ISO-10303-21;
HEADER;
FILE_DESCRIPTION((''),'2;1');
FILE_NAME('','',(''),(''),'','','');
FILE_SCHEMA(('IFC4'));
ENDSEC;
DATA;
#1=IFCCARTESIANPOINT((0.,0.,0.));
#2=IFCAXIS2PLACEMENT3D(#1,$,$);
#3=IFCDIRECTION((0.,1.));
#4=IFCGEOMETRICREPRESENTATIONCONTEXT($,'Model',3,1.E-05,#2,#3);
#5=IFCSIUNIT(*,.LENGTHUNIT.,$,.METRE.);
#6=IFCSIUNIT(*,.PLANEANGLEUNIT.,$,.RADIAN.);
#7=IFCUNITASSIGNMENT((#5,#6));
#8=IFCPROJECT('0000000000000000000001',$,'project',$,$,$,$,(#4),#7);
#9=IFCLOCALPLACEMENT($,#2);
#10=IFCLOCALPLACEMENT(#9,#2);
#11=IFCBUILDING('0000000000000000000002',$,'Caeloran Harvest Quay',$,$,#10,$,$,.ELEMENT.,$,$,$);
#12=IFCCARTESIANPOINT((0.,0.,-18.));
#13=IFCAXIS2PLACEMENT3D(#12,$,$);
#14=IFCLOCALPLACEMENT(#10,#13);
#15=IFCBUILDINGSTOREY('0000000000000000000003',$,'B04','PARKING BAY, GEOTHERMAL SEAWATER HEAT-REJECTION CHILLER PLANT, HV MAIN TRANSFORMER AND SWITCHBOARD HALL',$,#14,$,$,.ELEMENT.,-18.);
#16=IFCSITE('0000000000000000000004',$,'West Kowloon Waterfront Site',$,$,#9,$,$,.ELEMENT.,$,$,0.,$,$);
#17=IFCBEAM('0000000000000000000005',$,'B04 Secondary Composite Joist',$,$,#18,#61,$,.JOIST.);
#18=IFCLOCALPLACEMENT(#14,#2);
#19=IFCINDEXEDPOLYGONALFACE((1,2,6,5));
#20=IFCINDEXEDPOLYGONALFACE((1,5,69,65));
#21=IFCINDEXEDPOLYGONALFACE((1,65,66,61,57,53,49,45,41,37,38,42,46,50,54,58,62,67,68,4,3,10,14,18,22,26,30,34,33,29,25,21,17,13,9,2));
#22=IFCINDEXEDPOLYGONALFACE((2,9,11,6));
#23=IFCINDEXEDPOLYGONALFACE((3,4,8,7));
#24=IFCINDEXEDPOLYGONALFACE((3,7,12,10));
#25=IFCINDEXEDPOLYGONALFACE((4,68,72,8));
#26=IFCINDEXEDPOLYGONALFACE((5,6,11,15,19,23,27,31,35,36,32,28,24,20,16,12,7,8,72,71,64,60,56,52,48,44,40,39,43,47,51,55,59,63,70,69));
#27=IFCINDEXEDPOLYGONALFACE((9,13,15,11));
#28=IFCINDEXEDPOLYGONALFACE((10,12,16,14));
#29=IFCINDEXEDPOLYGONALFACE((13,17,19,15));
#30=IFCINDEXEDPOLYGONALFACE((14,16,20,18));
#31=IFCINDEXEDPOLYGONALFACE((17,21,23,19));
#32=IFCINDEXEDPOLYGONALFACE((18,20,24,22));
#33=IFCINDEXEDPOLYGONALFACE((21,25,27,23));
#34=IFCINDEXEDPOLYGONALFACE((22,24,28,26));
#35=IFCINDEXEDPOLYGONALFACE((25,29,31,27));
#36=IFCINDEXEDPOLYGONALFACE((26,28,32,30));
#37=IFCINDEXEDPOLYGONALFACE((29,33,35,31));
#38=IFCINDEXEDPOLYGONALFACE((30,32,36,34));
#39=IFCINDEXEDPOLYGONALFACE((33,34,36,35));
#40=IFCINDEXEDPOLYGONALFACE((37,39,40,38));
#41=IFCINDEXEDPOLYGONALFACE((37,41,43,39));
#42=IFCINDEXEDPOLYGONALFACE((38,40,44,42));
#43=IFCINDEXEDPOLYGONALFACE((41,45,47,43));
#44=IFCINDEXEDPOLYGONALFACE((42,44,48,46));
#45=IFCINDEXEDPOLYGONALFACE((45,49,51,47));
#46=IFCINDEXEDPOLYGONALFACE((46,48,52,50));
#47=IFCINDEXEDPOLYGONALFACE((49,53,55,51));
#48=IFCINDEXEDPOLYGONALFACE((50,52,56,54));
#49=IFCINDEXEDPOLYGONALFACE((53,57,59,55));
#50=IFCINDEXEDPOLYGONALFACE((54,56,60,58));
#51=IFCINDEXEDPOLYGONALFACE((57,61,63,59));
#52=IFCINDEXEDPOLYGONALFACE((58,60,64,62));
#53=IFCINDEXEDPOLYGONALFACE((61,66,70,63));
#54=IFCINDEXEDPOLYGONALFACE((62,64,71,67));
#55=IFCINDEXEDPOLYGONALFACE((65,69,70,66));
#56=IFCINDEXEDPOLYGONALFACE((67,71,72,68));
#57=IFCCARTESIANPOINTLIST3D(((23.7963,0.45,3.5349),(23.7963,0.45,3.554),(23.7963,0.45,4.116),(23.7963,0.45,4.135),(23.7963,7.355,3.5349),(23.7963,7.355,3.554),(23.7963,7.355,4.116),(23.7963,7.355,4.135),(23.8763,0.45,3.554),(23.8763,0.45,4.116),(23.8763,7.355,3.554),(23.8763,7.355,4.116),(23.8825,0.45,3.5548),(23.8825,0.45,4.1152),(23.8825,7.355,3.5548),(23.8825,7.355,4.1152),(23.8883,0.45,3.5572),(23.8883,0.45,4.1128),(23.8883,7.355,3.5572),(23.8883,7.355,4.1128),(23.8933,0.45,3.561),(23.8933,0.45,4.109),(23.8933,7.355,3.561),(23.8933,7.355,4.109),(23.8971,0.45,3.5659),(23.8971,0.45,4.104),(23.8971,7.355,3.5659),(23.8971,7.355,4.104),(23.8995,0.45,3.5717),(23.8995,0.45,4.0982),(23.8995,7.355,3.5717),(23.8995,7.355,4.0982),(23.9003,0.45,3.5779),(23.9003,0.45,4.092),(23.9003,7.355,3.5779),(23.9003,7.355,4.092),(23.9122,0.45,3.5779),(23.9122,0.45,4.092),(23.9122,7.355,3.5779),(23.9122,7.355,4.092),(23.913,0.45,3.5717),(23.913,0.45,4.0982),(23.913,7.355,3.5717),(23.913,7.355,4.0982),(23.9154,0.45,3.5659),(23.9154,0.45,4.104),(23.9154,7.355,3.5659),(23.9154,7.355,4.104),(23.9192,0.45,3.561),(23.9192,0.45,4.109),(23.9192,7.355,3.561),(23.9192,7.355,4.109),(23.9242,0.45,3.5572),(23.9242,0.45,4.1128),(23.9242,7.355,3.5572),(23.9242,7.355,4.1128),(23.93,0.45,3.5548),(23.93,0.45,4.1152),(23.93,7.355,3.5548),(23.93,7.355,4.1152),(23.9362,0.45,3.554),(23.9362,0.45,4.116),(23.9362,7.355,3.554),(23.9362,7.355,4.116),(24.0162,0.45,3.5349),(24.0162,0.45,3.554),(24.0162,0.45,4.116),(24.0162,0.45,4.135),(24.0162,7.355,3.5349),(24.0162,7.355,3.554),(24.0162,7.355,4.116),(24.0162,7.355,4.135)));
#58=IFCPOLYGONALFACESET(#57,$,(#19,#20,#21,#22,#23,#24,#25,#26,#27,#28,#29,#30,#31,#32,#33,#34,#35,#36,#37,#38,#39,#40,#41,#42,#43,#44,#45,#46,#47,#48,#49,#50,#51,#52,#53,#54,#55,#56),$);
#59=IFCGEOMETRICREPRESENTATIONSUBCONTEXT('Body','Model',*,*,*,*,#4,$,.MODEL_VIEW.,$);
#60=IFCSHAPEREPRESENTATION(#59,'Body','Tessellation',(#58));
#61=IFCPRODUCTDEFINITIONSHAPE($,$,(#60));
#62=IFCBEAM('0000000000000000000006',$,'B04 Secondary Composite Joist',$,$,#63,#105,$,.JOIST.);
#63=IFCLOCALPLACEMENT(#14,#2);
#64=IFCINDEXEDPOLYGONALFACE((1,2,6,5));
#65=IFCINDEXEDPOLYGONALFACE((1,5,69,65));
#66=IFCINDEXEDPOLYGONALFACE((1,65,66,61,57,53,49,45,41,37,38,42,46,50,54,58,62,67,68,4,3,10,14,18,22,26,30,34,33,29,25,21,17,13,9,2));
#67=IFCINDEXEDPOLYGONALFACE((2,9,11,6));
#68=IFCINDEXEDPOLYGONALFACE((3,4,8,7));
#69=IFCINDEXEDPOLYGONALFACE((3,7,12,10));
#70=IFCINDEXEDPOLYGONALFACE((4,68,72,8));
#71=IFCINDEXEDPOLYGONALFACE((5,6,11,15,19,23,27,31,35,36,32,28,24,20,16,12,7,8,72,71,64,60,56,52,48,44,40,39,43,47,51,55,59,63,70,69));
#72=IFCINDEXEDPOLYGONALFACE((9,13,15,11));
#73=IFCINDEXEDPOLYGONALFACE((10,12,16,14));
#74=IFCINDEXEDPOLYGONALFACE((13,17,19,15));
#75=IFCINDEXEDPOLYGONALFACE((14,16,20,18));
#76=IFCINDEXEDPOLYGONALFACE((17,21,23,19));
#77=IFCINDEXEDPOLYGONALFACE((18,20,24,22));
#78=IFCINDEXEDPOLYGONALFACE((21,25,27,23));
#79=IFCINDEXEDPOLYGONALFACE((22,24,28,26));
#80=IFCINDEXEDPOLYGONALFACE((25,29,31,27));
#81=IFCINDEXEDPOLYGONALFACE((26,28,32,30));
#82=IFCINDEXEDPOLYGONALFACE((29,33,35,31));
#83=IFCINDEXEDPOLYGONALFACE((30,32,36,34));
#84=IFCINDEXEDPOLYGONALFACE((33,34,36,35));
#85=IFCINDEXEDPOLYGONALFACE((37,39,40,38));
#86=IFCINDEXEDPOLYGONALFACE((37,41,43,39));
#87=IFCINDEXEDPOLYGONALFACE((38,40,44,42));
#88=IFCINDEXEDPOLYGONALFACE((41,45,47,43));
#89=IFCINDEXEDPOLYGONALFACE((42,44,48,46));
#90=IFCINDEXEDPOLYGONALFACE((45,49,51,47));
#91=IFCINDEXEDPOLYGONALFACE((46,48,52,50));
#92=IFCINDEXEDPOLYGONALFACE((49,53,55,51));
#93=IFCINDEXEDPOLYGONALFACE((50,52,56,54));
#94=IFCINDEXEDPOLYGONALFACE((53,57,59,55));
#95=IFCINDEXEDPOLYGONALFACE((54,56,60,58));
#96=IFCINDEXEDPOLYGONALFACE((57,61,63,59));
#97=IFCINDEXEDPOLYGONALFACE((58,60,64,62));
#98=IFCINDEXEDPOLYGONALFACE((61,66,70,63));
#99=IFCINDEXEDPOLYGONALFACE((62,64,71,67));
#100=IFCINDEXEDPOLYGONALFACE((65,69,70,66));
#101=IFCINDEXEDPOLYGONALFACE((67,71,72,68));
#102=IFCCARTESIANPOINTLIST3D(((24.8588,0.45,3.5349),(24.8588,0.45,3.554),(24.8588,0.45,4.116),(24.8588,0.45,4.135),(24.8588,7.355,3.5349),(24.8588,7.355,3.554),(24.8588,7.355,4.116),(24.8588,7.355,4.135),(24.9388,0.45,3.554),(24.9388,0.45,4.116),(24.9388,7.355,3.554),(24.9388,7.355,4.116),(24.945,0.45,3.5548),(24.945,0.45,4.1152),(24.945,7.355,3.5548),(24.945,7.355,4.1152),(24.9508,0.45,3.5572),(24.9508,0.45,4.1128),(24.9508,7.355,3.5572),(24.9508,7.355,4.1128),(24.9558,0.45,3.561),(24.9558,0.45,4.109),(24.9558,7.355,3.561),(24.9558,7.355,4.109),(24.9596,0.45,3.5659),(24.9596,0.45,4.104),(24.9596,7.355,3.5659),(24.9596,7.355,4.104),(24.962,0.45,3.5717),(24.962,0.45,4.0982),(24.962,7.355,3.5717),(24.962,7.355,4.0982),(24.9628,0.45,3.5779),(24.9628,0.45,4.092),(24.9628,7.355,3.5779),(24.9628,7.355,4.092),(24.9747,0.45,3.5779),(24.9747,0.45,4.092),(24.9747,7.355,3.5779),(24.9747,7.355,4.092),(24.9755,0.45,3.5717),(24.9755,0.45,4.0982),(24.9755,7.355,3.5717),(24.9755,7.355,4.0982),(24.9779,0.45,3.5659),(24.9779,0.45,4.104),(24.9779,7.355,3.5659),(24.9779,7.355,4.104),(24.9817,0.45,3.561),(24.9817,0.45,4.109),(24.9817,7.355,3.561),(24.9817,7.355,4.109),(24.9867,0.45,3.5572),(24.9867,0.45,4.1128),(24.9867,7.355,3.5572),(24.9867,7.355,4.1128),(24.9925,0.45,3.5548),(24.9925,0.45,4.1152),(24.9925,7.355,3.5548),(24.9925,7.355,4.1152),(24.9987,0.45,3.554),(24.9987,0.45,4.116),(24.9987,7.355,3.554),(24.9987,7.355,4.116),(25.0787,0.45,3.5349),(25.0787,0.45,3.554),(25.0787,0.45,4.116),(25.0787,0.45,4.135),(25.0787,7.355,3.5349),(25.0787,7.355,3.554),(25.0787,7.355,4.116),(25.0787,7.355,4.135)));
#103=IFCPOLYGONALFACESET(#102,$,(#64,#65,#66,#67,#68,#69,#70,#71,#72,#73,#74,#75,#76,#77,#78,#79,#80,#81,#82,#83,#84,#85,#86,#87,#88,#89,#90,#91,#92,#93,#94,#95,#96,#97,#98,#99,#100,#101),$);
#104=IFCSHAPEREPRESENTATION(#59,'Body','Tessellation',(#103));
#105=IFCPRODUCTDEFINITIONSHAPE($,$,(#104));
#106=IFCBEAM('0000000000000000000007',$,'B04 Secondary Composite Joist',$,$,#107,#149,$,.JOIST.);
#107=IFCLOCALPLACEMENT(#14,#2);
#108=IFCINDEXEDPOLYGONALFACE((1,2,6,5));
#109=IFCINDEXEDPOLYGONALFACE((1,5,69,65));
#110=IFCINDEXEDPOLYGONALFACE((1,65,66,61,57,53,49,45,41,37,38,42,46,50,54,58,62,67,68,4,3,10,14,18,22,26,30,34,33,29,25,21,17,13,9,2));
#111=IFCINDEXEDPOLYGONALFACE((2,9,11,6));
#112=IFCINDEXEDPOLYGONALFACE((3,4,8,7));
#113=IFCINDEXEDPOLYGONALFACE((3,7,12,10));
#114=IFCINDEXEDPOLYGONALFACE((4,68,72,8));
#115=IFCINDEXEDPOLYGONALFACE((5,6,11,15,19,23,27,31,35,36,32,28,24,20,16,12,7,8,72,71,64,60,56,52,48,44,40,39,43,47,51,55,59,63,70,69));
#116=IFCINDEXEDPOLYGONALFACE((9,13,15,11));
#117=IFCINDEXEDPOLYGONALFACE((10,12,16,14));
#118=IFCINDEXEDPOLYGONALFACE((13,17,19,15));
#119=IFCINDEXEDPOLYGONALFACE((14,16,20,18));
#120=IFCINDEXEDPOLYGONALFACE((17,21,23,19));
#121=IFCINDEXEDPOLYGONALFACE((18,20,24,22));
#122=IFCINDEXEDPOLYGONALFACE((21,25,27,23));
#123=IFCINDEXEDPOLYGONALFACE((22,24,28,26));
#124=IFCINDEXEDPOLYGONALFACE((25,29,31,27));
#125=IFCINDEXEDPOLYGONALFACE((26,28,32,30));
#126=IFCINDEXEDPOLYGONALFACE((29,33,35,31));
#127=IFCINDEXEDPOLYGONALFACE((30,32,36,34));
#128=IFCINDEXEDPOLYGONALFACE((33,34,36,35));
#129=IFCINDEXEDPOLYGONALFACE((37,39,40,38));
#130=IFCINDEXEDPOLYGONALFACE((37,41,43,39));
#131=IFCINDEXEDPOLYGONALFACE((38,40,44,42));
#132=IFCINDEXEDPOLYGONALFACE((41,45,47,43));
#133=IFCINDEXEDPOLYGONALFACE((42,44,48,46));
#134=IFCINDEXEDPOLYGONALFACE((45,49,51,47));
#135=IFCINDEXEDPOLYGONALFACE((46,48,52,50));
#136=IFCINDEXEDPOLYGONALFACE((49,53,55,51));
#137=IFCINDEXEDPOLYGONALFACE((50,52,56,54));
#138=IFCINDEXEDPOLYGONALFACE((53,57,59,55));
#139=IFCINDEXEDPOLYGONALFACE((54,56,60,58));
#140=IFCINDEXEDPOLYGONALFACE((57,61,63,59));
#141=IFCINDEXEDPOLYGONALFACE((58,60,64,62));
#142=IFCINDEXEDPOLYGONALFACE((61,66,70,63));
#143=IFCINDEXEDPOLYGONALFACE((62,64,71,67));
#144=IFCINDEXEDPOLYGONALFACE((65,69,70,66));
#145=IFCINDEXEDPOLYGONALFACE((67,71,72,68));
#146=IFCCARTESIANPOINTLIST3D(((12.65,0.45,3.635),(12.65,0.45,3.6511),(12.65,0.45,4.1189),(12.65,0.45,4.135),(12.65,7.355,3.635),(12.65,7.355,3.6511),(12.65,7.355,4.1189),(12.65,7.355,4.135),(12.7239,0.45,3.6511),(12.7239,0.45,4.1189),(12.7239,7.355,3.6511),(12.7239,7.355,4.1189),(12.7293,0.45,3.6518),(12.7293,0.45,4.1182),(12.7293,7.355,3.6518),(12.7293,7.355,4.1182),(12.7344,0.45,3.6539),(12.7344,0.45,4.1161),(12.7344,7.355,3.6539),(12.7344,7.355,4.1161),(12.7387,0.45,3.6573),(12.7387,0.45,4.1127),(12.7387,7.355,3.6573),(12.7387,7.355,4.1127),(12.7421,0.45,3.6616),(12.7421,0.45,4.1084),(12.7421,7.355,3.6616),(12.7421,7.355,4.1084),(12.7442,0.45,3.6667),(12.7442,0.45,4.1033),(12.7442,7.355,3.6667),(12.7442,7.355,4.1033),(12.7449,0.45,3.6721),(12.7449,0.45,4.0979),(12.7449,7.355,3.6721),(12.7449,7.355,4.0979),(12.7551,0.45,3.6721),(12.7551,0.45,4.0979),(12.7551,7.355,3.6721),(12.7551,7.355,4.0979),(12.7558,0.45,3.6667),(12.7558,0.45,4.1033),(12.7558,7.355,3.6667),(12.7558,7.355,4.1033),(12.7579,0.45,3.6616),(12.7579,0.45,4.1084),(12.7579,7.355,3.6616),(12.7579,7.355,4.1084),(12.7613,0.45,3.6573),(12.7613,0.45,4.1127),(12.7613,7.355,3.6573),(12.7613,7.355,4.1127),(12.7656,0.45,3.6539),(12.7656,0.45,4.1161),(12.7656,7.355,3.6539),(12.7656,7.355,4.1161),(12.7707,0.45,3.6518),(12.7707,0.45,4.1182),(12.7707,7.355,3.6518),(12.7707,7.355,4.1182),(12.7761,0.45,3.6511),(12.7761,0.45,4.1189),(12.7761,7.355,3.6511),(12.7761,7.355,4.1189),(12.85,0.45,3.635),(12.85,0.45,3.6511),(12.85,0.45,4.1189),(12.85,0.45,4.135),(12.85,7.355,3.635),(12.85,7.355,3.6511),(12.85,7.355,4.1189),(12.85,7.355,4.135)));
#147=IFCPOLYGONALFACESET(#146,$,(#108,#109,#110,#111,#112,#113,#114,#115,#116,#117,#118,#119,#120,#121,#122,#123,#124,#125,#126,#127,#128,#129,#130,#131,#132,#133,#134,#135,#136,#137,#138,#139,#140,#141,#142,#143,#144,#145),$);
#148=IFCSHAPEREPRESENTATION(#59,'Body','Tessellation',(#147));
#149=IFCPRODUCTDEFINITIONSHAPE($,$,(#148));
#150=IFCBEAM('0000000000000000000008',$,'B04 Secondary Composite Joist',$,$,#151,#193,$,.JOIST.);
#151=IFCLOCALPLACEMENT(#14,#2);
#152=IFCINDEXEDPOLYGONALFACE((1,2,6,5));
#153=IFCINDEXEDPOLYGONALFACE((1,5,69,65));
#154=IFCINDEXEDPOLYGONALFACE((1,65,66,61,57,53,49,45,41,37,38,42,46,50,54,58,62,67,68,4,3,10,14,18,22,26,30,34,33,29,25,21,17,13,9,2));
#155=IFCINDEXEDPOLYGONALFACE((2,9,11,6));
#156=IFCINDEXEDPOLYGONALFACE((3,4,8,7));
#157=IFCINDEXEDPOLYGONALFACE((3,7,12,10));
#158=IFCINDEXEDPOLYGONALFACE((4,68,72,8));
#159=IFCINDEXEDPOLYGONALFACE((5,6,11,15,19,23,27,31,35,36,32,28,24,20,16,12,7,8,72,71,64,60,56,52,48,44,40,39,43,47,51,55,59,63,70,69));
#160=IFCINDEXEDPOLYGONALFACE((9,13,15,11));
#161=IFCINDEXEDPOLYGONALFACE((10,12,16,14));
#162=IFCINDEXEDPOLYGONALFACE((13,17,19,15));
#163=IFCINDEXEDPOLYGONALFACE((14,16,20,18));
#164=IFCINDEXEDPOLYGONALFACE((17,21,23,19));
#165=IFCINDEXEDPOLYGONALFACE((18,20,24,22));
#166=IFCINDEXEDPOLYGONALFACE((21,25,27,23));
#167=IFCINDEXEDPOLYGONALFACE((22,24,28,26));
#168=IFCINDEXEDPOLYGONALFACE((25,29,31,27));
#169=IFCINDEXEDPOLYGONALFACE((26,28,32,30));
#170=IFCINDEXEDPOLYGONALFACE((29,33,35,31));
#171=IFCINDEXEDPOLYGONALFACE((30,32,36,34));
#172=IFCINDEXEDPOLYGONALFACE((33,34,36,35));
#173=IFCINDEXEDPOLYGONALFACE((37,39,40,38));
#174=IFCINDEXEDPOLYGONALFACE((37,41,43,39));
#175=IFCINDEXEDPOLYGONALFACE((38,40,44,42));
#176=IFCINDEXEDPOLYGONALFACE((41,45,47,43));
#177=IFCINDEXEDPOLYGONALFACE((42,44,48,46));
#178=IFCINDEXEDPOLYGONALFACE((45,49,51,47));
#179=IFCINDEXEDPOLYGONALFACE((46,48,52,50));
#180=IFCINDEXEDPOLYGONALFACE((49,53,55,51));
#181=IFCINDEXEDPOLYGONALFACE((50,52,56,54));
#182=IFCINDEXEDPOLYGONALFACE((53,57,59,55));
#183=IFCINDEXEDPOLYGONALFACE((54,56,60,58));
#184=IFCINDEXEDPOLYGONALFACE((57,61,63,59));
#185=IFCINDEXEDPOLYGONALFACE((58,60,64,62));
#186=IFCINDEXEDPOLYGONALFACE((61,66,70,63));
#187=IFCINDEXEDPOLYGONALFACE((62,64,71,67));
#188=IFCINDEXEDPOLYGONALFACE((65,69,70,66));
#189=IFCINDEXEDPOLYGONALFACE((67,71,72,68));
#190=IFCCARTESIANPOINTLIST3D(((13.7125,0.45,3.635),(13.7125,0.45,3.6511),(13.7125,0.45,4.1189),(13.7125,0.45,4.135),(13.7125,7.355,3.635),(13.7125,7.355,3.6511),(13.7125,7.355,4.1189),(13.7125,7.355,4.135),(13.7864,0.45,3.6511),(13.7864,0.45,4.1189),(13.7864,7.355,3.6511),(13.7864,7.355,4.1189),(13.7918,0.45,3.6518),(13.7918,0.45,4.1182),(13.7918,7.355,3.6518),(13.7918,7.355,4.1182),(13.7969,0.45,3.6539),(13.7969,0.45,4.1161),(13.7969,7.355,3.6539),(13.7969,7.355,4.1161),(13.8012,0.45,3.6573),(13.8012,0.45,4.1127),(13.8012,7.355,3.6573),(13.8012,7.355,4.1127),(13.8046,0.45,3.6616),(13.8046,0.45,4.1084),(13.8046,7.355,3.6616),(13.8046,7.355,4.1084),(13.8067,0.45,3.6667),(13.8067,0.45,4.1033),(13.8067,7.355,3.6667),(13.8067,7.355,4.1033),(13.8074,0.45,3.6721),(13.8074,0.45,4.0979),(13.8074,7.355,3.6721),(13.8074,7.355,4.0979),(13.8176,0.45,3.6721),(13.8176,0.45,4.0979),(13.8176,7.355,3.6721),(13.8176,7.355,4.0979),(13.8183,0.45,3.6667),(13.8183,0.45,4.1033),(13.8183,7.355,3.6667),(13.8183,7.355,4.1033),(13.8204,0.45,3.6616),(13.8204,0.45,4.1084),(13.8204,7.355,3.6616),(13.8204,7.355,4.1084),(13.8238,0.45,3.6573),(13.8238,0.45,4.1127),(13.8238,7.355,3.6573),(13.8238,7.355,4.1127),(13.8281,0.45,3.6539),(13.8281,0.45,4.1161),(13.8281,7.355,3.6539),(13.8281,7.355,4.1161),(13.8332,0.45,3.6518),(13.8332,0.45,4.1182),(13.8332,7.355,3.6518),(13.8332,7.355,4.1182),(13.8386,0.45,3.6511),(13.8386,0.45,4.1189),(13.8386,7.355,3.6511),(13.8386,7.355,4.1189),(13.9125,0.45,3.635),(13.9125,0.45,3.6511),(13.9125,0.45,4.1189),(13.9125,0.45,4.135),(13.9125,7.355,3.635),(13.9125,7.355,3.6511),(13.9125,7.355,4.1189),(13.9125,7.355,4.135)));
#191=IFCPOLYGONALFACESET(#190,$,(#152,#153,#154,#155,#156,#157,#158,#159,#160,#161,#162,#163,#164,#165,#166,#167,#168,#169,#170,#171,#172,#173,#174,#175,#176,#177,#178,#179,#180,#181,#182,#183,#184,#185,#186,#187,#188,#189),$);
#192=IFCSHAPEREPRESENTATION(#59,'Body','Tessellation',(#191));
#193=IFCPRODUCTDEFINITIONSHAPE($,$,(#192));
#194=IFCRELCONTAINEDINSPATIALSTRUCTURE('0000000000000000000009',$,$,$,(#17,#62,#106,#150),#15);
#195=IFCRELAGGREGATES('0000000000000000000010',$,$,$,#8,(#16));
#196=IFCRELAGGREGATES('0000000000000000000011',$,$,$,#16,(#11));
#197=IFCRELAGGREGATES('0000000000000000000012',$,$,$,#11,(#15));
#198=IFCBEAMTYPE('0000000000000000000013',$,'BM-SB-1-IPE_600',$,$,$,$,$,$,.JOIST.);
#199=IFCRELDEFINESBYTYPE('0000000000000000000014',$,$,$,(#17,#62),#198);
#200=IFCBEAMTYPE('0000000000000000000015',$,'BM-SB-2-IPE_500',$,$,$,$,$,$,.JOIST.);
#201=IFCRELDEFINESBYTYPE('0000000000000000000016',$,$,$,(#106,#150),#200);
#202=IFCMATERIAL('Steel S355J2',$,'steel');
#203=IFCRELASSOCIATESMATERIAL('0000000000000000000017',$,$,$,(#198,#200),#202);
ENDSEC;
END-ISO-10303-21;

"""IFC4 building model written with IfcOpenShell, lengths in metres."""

from ifc_helpers import new_model, si_unit, direction, frame, origin, origin_2d, place, context, subcontext, project, spatial, i_section, extrude, material, material_profile, profile_set, type_object, element, save


model = new_model("IFC4")

# Units and contexts
model_context = context("Model", 3, precision=1e-05, world=origin(), true_north=direction((0.0, 1.0)))
body_context = subcontext(model_context, "Body", "Model", "MODEL_VIEW")
ifc_project = project(units=[si_unit("LENGTHUNIT", "METRE"), si_unit("PLANEANGLEUNIT", "RADIAN")], contexts=[model_context])

# Site, building, storey
site_placement = place(None, origin())
site = spatial("IfcSite", under=ifc_project, at=site_placement, Name="West Kowloon Waterfront Site", CompositionType="ELEMENT", RefElevation=0.0)
building_placement = place(site_placement, origin())
building = spatial("IfcBuilding", under=site, at=building_placement, Name="Caeloran Harvest Quay", CompositionType="ELEMENT")
storey_placement = place(building_placement, frame((0.0, 0.0, -18.0)))
storey = spatial("IfcBuildingStorey", under=building, at=storey_placement, Name="B04", Description="PARKING BAY, GEOTHERMAL SEAWATER HEAT-REJECTION CHILLER PLANT, HV MAIN TRANSFORMER AND SWITCHBOARD HALL", CompositionType="ELEMENT", Elevation=-18.0)

# Beams
ifc_material_1 = material(Name="Steel S355J2", Category="steel")
ifc_material_profile_1 = material_profile(ifc_material_1, i_section(OverallWidth=0.22, OverallDepth=0.6001, WebThickness=0.012, FlangeThickness=0.019, FilletRadius=0.0239, at=origin_2d()), Name="IPE 600")
ifc_profile_set_1 = profile_set([ifc_material_profile_1], Name="Steel S355J2")
beam_type_1 = type_object("IfcBeamType", Name="BM-SB-1-IPE_600", PredefinedType="JOIST", material=ifc_profile_set_1)
for number, where, z_axis, x_axis, name in (
    (1, (23.9062, 0.45, 3.835), (0.0, 1.0, 0.0), (-1.0, 0.0, 0.0), "B04 Secondary Composite Joist"),
    (2, (24.9688, 0.45, 3.835), (0.0, 1.0, 0.0), (-1.0, 0.0, 0.0), "B04 Secondary Composite Joist"),
):
    element("IfcBeam", number, at=place(storey_placement, frame(where, z_axis=z_axis, x_axis=x_axis)), inside=storey, type_object=beam_type_1, Name=name, PredefinedType="JOIST", context=body_context, shape_type="SweptSolid", body=[
        extrude(i_section(OverallWidth=0.22, OverallDepth=0.6001, WebThickness=0.012, FlangeThickness=0.019, FilletRadius=0.0239, at=origin_2d()), origin(), (0.0, 0.0, 1.0), 6.905),
    ])
ifc_material_profile_2 = material_profile(ifc_material_1, i_section(OverallWidth=0.2, OverallDepth=0.5, WebThickness=0.0103, FlangeThickness=0.0161, FilletRadius=0.021, at=origin_2d()), Name="IPE 500")
ifc_profile_set_2 = profile_set([ifc_material_profile_2], Name="Steel S355J2")
beam_type_2 = type_object("IfcBeamType", Name="BM-SB-2-IPE_500", PredefinedType="JOIST", material=ifc_profile_set_2)
for number, where, z_axis, x_axis, name in (
    (3, (12.75, 0.45, 3.885), (0.0, 1.0, 0.0), (-1.0, 0.0, 0.0), "B04 Secondary Composite Joist"),
    (4, (13.8125, 0.45, 3.885), (0.0, 1.0, 0.0), (-1.0, 0.0, 0.0), "B04 Secondary Composite Joist"),
):
    element("IfcBeam", number, at=place(storey_placement, frame(where, z_axis=z_axis, x_axis=x_axis)), inside=storey, type_object=beam_type_2, Name=name, PredefinedType="JOIST", context=body_context, shape_type="SweptSolid", body=[
        extrude(i_section(OverallWidth=0.2, OverallDepth=0.5, WebThickness=0.0103, FlangeThickness=0.0161, FilletRadius=0.021, at=origin_2d()), origin(), (0.0, 0.0, 1.0), 6.905),
    ])

save(model, "model.ifc")
